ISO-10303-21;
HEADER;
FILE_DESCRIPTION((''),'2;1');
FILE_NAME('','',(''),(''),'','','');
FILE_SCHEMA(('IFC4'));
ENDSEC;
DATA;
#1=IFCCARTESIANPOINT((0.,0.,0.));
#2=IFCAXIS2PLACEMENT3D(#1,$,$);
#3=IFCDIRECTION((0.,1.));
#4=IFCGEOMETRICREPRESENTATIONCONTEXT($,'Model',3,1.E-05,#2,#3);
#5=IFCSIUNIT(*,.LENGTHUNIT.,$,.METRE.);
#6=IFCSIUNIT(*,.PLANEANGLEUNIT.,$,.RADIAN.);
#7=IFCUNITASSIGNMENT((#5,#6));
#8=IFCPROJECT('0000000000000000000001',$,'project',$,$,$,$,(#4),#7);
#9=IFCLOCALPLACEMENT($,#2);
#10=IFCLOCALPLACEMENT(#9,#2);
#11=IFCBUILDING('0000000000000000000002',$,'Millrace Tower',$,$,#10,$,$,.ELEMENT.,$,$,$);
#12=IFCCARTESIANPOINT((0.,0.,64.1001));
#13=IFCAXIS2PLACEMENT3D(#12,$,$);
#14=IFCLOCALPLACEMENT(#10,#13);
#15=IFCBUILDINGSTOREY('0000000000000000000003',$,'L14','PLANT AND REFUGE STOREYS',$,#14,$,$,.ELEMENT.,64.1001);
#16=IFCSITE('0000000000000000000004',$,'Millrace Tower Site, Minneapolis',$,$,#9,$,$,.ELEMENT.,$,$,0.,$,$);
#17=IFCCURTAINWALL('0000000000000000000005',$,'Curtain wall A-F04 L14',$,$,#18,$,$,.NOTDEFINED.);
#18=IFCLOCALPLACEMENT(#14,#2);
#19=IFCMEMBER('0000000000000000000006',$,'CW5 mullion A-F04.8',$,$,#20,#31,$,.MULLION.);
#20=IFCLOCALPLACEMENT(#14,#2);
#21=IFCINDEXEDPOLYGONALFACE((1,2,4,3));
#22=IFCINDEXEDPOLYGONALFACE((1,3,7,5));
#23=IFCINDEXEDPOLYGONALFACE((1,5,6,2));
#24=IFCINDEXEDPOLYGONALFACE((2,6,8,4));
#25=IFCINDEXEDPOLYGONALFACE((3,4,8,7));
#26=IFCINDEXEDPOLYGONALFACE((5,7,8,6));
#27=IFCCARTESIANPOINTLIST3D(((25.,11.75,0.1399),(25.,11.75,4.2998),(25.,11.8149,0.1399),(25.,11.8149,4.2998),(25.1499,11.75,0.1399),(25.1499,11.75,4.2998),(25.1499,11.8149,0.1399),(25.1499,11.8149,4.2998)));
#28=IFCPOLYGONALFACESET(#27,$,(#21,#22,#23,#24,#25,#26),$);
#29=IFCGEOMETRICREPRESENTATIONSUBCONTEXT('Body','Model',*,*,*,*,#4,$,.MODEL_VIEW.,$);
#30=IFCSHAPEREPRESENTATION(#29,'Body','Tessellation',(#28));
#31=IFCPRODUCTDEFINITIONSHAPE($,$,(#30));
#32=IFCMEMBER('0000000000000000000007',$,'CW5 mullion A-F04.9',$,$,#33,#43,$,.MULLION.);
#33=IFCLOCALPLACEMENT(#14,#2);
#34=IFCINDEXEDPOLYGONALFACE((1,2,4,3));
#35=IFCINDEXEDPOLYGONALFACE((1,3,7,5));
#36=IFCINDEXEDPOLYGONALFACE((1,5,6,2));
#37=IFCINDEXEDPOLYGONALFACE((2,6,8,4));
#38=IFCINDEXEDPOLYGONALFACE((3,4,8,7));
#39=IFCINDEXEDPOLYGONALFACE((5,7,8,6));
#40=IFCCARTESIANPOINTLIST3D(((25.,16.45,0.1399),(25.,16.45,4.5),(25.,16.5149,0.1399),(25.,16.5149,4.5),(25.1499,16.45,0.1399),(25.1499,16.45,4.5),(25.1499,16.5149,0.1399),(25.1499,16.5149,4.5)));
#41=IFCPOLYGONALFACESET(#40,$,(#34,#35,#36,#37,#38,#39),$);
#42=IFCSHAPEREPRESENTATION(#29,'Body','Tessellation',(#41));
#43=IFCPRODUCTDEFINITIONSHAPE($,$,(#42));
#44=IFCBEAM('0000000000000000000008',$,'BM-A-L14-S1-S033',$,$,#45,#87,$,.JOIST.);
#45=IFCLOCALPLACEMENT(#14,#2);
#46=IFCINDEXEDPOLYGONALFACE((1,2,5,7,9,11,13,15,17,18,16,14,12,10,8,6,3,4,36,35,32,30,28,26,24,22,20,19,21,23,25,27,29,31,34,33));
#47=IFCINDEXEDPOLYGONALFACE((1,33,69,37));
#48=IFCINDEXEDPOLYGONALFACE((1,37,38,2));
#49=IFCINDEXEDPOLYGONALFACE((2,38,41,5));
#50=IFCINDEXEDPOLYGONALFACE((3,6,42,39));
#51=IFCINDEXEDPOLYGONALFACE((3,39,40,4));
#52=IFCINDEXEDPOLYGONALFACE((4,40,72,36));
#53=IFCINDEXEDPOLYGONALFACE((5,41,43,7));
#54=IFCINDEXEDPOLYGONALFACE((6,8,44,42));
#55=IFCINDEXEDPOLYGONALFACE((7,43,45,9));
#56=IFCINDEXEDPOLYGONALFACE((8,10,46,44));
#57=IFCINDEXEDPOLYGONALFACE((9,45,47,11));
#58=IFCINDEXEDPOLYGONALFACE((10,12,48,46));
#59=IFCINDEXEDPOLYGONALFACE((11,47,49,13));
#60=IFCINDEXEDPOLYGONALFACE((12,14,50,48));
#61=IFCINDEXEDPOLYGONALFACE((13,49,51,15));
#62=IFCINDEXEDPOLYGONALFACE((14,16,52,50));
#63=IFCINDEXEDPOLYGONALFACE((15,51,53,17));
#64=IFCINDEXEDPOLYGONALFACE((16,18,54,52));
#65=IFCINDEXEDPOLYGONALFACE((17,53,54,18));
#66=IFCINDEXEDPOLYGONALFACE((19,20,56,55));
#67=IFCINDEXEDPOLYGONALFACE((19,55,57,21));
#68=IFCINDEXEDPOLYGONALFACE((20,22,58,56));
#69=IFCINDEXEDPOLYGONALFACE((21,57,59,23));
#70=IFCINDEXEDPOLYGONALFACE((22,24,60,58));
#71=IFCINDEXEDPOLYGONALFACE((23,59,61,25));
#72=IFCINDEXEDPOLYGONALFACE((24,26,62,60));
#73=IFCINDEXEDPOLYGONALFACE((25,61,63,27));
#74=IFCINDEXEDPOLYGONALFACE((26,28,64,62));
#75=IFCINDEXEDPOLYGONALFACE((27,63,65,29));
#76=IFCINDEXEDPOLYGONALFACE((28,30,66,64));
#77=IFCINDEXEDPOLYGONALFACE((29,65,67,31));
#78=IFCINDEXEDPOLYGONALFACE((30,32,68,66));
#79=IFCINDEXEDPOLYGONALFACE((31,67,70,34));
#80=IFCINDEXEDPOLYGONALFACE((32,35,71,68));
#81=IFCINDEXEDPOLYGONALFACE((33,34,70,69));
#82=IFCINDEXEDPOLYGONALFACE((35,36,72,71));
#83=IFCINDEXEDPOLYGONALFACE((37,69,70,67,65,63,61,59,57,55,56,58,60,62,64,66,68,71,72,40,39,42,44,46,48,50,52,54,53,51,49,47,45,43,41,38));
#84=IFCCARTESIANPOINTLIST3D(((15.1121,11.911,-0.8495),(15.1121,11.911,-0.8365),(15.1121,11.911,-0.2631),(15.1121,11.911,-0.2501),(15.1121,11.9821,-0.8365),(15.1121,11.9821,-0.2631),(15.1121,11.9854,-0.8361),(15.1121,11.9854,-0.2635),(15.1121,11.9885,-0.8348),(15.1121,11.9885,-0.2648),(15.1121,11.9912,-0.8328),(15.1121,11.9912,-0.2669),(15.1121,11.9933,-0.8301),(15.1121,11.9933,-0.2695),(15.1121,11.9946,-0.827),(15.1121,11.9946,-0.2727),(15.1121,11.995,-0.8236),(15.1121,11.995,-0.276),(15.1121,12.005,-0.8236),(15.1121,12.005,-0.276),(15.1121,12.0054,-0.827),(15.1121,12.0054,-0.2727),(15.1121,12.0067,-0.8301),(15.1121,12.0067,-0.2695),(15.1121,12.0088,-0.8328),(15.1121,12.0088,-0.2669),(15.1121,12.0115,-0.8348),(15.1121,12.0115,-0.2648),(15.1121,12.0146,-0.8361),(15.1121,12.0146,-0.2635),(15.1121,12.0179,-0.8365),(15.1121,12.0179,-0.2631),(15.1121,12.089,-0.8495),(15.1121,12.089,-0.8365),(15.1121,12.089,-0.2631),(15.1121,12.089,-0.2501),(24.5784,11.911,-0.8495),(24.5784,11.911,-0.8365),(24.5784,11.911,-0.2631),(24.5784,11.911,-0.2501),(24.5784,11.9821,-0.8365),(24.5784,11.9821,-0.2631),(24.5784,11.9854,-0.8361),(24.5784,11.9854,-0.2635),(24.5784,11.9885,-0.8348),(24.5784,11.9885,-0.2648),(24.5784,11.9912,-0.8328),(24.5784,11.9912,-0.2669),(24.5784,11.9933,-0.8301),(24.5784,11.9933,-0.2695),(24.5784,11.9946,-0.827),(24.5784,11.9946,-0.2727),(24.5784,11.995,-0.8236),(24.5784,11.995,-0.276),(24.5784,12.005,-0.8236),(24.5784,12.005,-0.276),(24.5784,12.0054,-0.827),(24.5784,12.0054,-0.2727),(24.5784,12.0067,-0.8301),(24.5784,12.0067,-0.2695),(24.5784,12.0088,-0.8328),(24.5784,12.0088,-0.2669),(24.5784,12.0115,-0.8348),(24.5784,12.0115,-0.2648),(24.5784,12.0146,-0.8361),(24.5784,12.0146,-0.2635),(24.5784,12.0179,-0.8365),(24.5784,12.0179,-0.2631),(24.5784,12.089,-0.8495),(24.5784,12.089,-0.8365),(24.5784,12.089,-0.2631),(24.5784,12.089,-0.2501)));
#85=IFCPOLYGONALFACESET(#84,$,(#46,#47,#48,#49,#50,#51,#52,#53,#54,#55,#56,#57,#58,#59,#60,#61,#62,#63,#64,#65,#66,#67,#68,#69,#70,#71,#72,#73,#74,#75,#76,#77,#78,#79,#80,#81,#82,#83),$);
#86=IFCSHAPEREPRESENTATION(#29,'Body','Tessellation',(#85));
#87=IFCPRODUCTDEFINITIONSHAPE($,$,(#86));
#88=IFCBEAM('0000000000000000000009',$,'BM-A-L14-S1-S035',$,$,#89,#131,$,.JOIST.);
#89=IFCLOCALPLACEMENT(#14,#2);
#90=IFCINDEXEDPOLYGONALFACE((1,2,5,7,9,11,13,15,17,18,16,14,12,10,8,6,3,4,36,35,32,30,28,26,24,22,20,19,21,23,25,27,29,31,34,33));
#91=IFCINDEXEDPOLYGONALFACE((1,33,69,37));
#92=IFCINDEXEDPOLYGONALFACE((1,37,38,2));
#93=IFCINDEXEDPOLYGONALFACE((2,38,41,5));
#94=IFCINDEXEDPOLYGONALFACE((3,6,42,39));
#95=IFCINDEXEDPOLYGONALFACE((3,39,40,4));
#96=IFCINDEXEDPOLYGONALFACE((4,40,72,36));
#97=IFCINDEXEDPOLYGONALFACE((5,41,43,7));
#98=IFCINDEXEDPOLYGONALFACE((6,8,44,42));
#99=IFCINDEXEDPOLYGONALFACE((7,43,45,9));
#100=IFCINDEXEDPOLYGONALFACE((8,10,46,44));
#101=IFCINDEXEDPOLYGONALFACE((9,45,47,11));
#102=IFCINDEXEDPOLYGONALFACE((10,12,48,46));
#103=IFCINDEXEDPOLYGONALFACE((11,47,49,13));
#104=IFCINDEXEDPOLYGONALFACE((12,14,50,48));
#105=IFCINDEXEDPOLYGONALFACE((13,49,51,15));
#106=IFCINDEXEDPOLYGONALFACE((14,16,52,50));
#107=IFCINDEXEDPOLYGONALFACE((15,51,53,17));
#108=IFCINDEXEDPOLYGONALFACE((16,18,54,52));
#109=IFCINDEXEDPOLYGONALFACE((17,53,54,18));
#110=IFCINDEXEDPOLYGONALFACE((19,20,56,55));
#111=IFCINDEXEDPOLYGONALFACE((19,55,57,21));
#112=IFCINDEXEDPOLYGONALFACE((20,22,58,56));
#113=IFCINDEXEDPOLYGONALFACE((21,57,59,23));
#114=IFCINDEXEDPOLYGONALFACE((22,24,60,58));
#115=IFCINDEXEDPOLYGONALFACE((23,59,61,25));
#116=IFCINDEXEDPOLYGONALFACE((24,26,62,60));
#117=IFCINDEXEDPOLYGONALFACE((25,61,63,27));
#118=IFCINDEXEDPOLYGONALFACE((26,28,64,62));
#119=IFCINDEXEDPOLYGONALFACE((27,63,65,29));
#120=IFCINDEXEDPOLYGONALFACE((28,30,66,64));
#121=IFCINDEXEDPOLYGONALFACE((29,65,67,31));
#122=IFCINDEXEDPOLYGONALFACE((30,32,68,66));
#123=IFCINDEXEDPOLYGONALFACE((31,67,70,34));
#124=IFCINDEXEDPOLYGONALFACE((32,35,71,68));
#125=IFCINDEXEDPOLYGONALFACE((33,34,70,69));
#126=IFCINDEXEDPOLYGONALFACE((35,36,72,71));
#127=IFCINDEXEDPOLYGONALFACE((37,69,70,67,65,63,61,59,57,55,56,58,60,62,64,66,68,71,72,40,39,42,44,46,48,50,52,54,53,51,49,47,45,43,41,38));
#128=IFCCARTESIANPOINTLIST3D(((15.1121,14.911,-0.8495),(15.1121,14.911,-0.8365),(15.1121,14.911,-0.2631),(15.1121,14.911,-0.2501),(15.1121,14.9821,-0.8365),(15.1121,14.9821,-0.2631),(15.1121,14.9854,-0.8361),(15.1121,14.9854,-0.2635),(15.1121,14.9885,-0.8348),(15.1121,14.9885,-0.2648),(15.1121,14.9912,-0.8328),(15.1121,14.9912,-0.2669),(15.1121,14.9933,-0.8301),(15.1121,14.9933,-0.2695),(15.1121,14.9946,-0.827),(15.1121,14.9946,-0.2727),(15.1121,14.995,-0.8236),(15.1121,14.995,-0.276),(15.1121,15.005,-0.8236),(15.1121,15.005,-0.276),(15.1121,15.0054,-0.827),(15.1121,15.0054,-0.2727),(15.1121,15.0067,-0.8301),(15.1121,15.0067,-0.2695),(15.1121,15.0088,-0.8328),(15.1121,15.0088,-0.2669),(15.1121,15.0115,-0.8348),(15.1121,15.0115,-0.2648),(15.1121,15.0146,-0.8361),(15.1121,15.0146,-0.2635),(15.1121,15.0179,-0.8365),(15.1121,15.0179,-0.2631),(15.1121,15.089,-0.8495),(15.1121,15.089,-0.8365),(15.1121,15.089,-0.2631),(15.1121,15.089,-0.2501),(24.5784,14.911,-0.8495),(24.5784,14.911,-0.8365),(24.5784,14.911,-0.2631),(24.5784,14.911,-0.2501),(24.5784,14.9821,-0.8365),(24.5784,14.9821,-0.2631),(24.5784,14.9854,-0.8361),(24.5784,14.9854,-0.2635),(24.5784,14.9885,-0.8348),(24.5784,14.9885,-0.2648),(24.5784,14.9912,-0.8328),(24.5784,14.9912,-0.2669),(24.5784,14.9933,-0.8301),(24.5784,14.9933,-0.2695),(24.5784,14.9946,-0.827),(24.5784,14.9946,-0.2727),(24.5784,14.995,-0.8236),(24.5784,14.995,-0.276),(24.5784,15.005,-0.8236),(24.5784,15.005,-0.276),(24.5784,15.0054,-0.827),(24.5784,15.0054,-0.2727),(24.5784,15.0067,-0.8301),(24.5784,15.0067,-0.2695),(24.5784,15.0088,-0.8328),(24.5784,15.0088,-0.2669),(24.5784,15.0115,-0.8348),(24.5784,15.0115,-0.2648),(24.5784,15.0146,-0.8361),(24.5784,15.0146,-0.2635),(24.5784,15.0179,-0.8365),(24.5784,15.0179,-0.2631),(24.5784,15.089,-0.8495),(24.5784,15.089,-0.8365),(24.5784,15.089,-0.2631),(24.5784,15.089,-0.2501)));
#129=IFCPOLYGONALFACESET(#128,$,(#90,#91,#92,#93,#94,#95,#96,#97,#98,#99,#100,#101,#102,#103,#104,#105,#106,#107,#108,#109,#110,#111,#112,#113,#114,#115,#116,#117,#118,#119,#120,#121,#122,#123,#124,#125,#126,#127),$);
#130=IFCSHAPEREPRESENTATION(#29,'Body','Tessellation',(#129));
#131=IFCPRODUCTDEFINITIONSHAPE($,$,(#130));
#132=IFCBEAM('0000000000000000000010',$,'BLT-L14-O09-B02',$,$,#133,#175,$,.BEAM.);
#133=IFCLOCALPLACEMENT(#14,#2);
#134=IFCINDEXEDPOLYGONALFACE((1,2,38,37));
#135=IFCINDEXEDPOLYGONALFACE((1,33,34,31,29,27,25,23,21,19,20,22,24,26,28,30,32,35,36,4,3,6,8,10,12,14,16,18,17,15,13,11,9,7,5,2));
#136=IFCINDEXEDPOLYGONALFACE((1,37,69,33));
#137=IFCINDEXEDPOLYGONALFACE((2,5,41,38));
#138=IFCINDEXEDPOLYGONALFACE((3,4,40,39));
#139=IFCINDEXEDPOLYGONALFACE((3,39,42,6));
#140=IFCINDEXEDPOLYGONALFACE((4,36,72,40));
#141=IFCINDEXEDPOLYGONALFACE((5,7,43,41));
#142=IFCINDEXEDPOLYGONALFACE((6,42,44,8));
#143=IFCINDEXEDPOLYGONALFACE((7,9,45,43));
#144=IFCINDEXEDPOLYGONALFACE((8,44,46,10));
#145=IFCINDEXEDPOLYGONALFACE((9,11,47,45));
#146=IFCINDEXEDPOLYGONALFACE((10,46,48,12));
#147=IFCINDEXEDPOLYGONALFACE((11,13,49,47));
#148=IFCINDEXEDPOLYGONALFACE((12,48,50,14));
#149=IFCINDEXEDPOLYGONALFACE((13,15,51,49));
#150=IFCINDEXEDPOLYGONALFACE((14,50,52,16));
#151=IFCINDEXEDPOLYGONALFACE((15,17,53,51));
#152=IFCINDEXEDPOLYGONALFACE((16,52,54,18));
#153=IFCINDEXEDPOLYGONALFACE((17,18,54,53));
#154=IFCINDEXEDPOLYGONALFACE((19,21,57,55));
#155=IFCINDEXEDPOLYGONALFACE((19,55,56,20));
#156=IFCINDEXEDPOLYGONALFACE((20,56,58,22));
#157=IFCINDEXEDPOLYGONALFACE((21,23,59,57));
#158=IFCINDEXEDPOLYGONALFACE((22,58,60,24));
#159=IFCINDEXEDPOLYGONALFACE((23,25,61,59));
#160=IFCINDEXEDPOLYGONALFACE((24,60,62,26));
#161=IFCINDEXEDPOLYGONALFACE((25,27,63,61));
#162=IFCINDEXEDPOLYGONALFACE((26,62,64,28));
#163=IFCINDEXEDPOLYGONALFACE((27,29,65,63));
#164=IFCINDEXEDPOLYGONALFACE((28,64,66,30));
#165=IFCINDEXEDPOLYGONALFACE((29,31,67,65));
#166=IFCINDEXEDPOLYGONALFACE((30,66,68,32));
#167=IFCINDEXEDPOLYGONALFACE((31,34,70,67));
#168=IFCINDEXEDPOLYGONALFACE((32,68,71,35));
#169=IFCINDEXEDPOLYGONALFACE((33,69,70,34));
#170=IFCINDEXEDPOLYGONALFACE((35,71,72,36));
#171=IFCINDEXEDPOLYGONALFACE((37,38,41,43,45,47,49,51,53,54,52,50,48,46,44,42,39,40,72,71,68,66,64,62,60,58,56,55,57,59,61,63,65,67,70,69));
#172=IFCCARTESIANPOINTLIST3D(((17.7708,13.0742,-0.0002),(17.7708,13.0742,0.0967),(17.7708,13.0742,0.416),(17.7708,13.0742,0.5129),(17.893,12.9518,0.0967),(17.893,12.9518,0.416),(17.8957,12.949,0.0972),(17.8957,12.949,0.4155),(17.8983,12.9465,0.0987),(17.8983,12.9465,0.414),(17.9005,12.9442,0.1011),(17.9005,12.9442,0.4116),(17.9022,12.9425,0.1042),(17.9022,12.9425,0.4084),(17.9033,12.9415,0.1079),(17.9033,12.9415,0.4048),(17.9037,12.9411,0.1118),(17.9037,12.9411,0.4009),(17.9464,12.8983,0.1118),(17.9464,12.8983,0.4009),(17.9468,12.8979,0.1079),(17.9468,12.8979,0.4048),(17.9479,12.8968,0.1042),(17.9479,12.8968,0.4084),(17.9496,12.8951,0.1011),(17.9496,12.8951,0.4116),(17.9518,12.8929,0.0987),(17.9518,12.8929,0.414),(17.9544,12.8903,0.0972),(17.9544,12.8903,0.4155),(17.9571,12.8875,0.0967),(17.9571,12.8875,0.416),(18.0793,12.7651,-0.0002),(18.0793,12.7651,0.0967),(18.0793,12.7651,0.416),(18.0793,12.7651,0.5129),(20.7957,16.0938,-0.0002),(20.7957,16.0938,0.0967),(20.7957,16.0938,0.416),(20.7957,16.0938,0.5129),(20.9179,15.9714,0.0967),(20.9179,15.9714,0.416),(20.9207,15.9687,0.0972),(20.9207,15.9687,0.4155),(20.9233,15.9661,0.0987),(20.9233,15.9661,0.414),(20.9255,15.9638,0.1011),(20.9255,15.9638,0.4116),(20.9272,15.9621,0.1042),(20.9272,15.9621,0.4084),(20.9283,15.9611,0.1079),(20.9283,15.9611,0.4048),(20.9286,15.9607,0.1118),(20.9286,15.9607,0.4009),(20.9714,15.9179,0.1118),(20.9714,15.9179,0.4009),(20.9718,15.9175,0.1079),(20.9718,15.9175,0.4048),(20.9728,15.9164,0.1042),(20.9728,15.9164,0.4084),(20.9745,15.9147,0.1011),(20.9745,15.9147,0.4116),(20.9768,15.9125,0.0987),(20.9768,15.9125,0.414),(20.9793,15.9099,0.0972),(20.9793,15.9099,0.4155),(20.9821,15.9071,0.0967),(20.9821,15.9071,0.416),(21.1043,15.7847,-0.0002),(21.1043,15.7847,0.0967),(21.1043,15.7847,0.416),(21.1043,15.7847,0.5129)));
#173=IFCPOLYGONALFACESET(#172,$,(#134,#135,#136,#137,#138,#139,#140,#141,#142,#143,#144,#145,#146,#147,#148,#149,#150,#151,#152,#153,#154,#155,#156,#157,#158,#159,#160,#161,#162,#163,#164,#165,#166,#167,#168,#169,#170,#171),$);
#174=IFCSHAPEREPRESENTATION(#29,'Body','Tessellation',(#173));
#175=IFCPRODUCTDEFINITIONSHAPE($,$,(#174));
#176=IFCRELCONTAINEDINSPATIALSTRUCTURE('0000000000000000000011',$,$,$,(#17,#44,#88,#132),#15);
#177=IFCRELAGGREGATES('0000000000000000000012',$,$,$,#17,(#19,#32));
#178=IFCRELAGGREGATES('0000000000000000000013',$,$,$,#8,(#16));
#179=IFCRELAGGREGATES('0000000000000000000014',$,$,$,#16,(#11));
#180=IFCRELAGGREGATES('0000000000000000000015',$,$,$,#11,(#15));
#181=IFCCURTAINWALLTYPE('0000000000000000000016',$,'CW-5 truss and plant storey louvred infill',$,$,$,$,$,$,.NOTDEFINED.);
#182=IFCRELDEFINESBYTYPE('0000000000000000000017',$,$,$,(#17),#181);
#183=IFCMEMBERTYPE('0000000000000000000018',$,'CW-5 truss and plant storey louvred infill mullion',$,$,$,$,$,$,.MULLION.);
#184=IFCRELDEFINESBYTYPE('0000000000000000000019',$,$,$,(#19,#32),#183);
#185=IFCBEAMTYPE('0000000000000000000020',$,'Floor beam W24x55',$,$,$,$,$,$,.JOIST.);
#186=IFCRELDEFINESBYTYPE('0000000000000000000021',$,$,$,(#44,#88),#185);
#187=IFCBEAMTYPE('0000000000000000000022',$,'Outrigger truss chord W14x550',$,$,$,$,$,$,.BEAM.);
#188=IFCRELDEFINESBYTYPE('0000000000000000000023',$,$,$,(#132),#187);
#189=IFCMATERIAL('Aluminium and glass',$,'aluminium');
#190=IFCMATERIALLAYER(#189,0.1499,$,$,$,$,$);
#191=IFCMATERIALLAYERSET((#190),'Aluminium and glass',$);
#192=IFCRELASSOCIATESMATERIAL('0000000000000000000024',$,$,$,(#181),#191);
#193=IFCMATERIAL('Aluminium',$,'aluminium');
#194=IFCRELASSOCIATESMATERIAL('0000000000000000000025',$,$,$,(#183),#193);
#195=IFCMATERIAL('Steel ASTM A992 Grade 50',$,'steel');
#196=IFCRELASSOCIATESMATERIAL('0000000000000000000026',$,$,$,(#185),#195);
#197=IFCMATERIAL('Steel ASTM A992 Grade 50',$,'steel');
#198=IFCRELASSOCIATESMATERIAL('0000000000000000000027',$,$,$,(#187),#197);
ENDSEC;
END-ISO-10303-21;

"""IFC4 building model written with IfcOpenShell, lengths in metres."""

from ifc_helpers import new_model, si_unit, direction, frame, origin, origin_2d, place, context, subcontext, project, spatial, rectangle, i_section, extrude, material, layer, layer_set, material_profile, profile_set, type_object, element, aggregate, save


model = new_model("IFC4")

# Units and contexts
model_context = context("Model", 3, precision=1e-05, world=origin(), true_north=direction((0.0, 1.0)))
body_context = subcontext(model_context, "Body", "Model", "MODEL_VIEW")
ifc_project = project(units=[si_unit("LENGTHUNIT", "METRE"), si_unit("PLANEANGLEUNIT", "RADIAN")], contexts=[model_context])

# Site, building, storey
site_placement = place(None, origin())
site = spatial("IfcSite", under=ifc_project, at=site_placement, Name="Millrace Tower Site, Minneapolis", CompositionType="ELEMENT", RefElevation=0.0)
building_placement = place(site_placement, origin())
building = spatial("IfcBuilding", under=site, at=building_placement, Name="Millrace Tower", CompositionType="ELEMENT")
storey_placement = place(building_placement, frame((0.0, 0.0, 64.1001)))
storey = spatial("IfcBuildingStorey", under=building, at=storey_placement, Name="L14", Description="PLANT AND REFUGE STOREYS", CompositionType="ELEMENT", Elevation=64.1001)

# Curtain wall, members
ifc_material_1 = material(Name="Aluminium and glass", Category="aluminium")
ifc_layer_1 = layer(ifc_material_1, 0.1499)
ifc_layer_set_1 = layer_set([ifc_layer_1], Name="Aluminium and glass")
curtain_wall_type = type_object("IfcCurtainWallType", Name="CW-5 truss and plant storey louvred infill", PredefinedType="NOTDEFINED", material=ifc_layer_set_1)
curtain_wall_placement = place(storey_placement, origin())
curtain_wall = element("IfcCurtainWall", 1, at=curtain_wall_placement, inside=storey, type_object=curtain_wall_type, Name="Curtain wall A-F04 L14", PredefinedType="NOTDEFINED")
ifc_material_2 = material(Name="Aluminium", Category="aluminium")
ifc_material_profile_1 = material_profile(ifc_material_2, rectangle(XDim=0.0649, YDim=0.1499, at=origin_2d()))
ifc_profile_set_1 = profile_set([ifc_material_profile_1], Name="Aluminium")
member_type_1 = type_object("IfcMemberType", Name="CW-5 truss and plant storey louvred infill mullion", PredefinedType="MULLION", material=ifc_profile_set_1)
member_1_placement = place(storey_placement, frame((25.075, 11.7825, 0.1399), z_axis=(0.0, 0.0, 1.0), x_axis=(0.0, 1.0, 0.0)))
member_1 = element("IfcMember", 2, at=member_1_placement, type_object=member_type_1, Name="CW5 mullion A-F04.8", PredefinedType="MULLION", context=body_context, shape_type="SweptSolid", body=[
    extrude(rectangle(XDim=0.0649, YDim=0.1499, at=origin_2d()), origin(), (0.0, 0.0, 1.0), 4.1599),
])
member_2_placement = place(storey_placement, frame((25.075, 16.4824, 0.1399), z_axis=(0.0, 0.0, 1.0), x_axis=(0.0, 1.0, 0.0)))
member_2 = element("IfcMember", 3, at=member_2_placement, type_object=member_type_1, Name="CW5 mullion A-F04.9", PredefinedType="MULLION", context=body_context, shape_type="SweptSolid", body=[
    extrude(rectangle(XDim=0.0649, YDim=0.1499, at=origin_2d()), origin(), (0.0, 0.0, 1.0), 4.3601),
])
aggregate(curtain_wall, [member_1, member_2])

# Beams
ifc_material_3 = material(Name="Steel ASTM A992 Grade 50", Category="steel")
ifc_material_profile_2 = material_profile(ifc_material_3, i_section(OverallWidth=0.178, OverallDepth=0.5994, WebThickness=0.01, FlangeThickness=0.0129, FilletRadius=0.0129, at=origin_2d()))
ifc_profile_set_2 = profile_set([ifc_material_profile_2], Name="Steel ASTM A992 Grade 50")
beam_type_1 = type_object("IfcBeamType", Name="Floor beam W24x55", PredefinedType="JOIST", material=ifc_profile_set_2)
for number, where, z_axis, x_axis, name in (
    (4, (15.1121, 12.0, -0.5498), (1.0, 0.0, 0.0), (0.0, 1.0, 0.0), "BM-A-L14-S1-S033"),
    (5, (15.1121, 15.0, -0.5498), (1.0, 0.0, 0.0), (0.0, 1.0, 0.0), "BM-A-L14-S1-S035"),
):
    element("IfcBeam", number, at=place(storey_placement, frame(where, z_axis=z_axis, x_axis=x_axis)), inside=storey, type_object=beam_type_1, Name=name, PredefinedType="JOIST", context=body_context, shape_type="SweptSolid", body=[
        extrude(i_section(OverallWidth=0.178, OverallDepth=0.5994, WebThickness=0.01, FlangeThickness=0.0129, FilletRadius=0.0129, at=origin_2d()), origin(), (0.0, 0.0, 1.0), 9.4663),
    ])
ifc_material_4 = material(Name="Steel ASTM A992 Grade 50", Category="steel")
ifc_material_profile_3 = material_profile(ifc_material_4, i_section(OverallWidth=0.4368, OverallDepth=0.5132, WebThickness=0.0605, FlangeThickness=0.0969, FilletRadius=0.0151, at=origin_2d()))
ifc_profile_set_3 = profile_set([ifc_material_profile_3], Name="Steel ASTM A992 Grade 50")
beam_type_2 = type_object("IfcBeamType", Name="Outrigger truss chord W14x550", PredefinedType="BEAM", material=ifc_profile_set_3)
beam_1_placement = place(storey_placement, frame((17.925, 12.9197, 0.2563), z_axis=(0.707735, 0.706478, 0.0), x_axis=(-0.706478, 0.707735, 0.0)))
element("IfcBeam", 6, at=beam_1_placement, inside=storey, type_object=beam_type_2, Name="BLT-L14-O09-B02", PredefinedType="BEAM", context=body_context, shape_type="SweptSolid", body=[
    extrude(i_section(OverallWidth=0.4368, OverallDepth=0.5132, WebThickness=0.0605, FlangeThickness=0.0969, FilletRadius=0.0151, at=origin_2d()), origin(), (0.0, 0.0, 1.0), 4.2742),
])

save(model, "model.ifc")
